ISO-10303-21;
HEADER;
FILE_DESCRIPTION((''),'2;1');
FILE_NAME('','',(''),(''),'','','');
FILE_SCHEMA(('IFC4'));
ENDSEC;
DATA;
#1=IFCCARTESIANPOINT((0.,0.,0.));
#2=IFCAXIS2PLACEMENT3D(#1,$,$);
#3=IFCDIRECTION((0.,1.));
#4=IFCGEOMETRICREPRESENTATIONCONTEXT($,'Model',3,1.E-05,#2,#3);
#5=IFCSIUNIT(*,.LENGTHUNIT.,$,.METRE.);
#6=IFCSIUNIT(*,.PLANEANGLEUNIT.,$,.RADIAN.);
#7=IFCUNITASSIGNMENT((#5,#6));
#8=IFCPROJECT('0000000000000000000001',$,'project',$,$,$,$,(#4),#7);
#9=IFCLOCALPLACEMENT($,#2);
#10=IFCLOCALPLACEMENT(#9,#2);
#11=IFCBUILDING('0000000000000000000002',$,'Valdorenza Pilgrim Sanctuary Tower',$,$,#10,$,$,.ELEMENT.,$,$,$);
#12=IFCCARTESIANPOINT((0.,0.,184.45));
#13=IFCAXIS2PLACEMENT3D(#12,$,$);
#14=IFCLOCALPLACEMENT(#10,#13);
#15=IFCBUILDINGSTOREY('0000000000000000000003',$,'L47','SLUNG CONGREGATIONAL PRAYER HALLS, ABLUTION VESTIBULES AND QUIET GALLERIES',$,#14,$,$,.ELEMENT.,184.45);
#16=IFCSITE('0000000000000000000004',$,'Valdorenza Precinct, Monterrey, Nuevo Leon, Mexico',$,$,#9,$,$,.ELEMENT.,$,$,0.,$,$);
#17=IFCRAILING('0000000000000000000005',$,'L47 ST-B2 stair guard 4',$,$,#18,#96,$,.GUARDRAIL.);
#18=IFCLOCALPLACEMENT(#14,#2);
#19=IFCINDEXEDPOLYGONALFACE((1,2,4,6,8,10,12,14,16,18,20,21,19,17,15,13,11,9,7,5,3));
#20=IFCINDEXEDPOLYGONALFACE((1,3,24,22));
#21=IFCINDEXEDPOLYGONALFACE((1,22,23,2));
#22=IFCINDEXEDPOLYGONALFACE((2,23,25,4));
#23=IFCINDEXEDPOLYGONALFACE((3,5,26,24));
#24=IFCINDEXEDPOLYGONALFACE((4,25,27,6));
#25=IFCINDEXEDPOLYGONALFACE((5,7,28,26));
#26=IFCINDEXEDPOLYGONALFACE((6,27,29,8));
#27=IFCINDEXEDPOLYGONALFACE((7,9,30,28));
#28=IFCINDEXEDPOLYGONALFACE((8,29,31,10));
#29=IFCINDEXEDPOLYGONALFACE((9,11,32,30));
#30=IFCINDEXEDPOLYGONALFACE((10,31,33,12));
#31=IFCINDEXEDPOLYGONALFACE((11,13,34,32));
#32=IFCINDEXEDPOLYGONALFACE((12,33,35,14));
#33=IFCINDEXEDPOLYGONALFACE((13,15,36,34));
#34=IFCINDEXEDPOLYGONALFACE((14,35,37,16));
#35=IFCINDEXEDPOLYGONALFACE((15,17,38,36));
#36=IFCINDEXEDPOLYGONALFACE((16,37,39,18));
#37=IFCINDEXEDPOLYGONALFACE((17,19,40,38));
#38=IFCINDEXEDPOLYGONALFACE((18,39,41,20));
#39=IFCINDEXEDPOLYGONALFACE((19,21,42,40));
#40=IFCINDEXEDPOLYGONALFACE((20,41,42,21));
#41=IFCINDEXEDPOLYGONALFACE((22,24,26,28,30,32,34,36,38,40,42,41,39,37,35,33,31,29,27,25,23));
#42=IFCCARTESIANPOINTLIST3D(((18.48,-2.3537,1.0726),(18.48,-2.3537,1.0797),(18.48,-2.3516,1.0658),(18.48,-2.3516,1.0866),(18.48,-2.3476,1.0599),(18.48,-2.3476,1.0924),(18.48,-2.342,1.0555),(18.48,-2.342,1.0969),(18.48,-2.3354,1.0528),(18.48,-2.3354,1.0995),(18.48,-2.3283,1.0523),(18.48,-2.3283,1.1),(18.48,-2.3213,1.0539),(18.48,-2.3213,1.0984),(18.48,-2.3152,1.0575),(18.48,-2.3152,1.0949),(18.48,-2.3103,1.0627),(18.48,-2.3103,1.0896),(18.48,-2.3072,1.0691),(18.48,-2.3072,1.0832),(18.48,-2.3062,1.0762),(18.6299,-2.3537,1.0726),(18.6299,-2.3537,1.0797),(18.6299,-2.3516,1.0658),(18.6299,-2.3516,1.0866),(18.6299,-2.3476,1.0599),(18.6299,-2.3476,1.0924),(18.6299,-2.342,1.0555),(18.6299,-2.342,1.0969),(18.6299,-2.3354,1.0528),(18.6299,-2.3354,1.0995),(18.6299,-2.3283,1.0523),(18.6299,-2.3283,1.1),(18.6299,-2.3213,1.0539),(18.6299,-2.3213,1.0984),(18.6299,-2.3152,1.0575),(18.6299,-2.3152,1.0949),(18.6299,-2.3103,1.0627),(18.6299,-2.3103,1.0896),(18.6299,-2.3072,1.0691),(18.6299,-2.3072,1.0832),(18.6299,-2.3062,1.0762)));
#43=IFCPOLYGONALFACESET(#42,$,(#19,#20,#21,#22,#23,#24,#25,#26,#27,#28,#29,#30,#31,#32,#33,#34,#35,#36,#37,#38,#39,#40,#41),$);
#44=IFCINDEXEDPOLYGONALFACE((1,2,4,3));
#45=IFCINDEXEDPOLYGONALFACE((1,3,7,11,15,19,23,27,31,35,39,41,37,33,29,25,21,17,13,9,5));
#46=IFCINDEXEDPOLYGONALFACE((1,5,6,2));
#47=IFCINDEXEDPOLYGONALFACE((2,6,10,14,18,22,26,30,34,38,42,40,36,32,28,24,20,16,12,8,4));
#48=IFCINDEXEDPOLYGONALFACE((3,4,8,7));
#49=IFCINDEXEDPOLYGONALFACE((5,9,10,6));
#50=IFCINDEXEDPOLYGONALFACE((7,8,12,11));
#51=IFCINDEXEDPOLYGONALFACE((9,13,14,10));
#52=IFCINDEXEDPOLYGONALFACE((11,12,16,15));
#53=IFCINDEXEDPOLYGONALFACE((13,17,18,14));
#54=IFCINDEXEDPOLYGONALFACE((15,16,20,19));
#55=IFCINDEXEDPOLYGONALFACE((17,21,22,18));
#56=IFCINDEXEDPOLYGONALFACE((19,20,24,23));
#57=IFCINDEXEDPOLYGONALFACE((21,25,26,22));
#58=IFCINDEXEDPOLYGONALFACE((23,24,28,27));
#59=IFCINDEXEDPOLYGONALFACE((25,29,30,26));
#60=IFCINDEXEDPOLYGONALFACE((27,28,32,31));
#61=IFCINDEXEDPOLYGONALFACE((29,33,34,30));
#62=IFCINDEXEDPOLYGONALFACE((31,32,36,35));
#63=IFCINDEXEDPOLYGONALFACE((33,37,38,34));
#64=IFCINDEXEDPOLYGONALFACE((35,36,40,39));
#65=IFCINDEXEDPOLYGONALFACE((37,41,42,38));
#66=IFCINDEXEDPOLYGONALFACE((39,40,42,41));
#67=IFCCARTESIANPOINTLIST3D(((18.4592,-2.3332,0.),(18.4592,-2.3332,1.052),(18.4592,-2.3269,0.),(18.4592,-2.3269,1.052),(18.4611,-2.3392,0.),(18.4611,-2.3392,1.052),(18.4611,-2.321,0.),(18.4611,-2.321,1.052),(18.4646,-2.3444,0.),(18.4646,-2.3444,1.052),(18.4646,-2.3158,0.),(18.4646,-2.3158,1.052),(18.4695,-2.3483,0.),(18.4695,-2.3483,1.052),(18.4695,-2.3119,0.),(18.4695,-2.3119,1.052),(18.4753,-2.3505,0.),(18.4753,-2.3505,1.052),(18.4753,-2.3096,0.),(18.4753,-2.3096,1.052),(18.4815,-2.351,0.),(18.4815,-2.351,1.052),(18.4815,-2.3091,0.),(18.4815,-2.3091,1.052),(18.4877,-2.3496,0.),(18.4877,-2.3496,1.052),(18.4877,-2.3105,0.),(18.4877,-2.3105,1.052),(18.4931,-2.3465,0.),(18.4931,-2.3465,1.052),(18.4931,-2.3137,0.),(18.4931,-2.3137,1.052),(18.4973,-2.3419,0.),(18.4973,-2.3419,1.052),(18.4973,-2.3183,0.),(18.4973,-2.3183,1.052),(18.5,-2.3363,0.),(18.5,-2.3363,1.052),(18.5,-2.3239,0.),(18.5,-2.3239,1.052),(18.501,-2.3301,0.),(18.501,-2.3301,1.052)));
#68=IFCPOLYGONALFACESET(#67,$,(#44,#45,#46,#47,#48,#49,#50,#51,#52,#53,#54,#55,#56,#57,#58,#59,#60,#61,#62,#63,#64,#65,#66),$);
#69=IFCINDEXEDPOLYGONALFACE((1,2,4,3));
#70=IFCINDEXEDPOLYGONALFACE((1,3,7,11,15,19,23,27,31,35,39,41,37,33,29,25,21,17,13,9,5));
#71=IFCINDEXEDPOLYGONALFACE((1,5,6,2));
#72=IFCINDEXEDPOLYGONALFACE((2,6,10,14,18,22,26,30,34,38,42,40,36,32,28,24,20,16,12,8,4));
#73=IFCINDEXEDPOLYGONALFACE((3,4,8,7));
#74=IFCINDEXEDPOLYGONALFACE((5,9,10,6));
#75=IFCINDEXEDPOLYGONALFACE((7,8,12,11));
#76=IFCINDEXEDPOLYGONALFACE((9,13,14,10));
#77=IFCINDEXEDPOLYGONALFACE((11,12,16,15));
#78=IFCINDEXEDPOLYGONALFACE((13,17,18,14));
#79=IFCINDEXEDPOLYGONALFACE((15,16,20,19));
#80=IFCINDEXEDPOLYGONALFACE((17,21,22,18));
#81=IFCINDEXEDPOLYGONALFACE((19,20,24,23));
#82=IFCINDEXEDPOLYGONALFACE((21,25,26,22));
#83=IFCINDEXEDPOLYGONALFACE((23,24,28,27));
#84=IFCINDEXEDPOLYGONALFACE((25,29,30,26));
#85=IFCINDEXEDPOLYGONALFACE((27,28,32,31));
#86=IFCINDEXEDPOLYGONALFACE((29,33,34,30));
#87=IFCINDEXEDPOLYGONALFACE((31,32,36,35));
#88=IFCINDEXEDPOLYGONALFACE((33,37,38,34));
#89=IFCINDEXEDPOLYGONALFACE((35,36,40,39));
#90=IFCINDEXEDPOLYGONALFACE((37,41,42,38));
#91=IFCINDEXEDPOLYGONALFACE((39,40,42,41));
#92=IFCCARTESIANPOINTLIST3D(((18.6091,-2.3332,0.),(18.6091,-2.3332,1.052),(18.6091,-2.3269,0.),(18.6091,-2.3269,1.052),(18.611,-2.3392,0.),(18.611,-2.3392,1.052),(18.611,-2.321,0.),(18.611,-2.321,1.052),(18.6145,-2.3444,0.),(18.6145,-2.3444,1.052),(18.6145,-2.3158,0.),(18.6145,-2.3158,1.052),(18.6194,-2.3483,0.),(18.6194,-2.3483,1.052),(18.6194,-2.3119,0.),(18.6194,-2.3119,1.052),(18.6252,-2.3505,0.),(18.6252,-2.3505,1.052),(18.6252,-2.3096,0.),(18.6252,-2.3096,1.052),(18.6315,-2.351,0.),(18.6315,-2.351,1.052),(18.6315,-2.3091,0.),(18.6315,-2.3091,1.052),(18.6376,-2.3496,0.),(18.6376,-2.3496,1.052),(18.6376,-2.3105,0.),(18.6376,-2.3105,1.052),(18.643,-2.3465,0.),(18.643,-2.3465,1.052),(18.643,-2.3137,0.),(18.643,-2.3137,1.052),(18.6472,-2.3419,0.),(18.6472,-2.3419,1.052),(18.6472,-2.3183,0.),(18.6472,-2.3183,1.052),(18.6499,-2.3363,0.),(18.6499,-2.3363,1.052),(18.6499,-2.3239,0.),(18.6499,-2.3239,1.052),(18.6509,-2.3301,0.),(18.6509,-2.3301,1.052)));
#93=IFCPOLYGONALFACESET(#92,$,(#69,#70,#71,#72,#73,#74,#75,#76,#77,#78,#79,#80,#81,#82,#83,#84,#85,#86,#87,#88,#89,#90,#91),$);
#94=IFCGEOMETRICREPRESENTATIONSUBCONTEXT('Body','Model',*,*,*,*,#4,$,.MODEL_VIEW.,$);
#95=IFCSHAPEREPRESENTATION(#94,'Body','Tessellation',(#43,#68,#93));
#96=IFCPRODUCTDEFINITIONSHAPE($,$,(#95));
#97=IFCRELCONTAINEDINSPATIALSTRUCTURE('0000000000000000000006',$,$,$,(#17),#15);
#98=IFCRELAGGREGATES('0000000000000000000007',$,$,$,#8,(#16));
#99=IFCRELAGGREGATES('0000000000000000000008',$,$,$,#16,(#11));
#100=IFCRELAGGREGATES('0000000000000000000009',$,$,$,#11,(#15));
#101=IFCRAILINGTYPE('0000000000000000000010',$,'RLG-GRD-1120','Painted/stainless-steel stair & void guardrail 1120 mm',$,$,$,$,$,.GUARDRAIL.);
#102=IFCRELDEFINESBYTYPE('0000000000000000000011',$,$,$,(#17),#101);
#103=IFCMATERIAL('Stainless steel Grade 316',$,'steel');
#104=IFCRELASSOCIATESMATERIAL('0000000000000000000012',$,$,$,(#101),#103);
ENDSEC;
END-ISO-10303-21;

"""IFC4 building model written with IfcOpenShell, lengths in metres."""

from ifc_helpers import new_model, si_unit, direction, frame, origin, origin_2d, place, context, subcontext, project, spatial, circle, extrude, material, type_object, element, save


model = new_model("IFC4")

# Units and contexts
model_context = context("Model", 3, precision=1e-05, world=origin(), true_north=direction((0.0, 1.0)))
body_context = subcontext(model_context, "Body", "Model", "MODEL_VIEW")
ifc_project = project(units=[si_unit("LENGTHUNIT", "METRE"), si_unit("PLANEANGLEUNIT", "RADIAN")], contexts=[model_context])

# Site, building, storey
site_placement = place(None, origin())
site = spatial("IfcSite", under=ifc_project, at=site_placement, Name="Valdorenza Precinct, Monterrey, Nuevo Leon, Mexico", CompositionType="ELEMENT", RefElevation=0.0)
building_placement = place(site_placement, origin())
building = spatial("IfcBuilding", under=site, at=building_placement, Name="Valdorenza Pilgrim Sanctuary Tower", CompositionType="ELEMENT")
storey_placement = place(building_placement, frame((0.0, 0.0, 184.45)))
storey = spatial("IfcBuildingStorey", under=building, at=storey_placement, Name="L47", Description="SLUNG CONGREGATIONAL PRAYER HALLS, ABLUTION VESTIBULES AND QUIET GALLERIES", CompositionType="ELEMENT", Elevation=184.45)

# Railing
ifc_material_1 = material(Name="Stainless steel Grade 316", Category="steel")
railing_type_1 = type_object("IfcRailingType", Name="RLG-GRD-1120", Description="Painted/stainless-steel stair & void guardrail 1120 mm", PredefinedType="GUARDRAIL", material=ifc_material_1)
railing_1_placement = place(storey_placement, frame((18.48, -2.3301, 0.0)))
element("IfcRailing", 1, at=railing_1_placement, inside=storey, type_object=railing_type_1, Name="L47 ST-B2 stair guard 4", PredefinedType="GUARDRAIL", context=body_context, shape_type="SweptSolid", body=[
    extrude(circle(Radius=0.0239, at=origin_2d()), frame((0.0, 0.0, 1.0762), z_axis=(1.0, 0.0, 0.0), x_axis=(0.0, 1.0, 0.0)), (0.0, 0.0, 1.0), 0.1499),
    extrude(circle(Radius=0.021, at=origin_2d()), origin(), (0.0, 0.0, 1.0), 1.052),
    extrude(circle(Radius=0.021, at=origin_2d()), frame((0.1499, 0.0, 0.0)), (0.0, 0.0, 1.0), 1.052),
])

save(model, "model.ifc")
